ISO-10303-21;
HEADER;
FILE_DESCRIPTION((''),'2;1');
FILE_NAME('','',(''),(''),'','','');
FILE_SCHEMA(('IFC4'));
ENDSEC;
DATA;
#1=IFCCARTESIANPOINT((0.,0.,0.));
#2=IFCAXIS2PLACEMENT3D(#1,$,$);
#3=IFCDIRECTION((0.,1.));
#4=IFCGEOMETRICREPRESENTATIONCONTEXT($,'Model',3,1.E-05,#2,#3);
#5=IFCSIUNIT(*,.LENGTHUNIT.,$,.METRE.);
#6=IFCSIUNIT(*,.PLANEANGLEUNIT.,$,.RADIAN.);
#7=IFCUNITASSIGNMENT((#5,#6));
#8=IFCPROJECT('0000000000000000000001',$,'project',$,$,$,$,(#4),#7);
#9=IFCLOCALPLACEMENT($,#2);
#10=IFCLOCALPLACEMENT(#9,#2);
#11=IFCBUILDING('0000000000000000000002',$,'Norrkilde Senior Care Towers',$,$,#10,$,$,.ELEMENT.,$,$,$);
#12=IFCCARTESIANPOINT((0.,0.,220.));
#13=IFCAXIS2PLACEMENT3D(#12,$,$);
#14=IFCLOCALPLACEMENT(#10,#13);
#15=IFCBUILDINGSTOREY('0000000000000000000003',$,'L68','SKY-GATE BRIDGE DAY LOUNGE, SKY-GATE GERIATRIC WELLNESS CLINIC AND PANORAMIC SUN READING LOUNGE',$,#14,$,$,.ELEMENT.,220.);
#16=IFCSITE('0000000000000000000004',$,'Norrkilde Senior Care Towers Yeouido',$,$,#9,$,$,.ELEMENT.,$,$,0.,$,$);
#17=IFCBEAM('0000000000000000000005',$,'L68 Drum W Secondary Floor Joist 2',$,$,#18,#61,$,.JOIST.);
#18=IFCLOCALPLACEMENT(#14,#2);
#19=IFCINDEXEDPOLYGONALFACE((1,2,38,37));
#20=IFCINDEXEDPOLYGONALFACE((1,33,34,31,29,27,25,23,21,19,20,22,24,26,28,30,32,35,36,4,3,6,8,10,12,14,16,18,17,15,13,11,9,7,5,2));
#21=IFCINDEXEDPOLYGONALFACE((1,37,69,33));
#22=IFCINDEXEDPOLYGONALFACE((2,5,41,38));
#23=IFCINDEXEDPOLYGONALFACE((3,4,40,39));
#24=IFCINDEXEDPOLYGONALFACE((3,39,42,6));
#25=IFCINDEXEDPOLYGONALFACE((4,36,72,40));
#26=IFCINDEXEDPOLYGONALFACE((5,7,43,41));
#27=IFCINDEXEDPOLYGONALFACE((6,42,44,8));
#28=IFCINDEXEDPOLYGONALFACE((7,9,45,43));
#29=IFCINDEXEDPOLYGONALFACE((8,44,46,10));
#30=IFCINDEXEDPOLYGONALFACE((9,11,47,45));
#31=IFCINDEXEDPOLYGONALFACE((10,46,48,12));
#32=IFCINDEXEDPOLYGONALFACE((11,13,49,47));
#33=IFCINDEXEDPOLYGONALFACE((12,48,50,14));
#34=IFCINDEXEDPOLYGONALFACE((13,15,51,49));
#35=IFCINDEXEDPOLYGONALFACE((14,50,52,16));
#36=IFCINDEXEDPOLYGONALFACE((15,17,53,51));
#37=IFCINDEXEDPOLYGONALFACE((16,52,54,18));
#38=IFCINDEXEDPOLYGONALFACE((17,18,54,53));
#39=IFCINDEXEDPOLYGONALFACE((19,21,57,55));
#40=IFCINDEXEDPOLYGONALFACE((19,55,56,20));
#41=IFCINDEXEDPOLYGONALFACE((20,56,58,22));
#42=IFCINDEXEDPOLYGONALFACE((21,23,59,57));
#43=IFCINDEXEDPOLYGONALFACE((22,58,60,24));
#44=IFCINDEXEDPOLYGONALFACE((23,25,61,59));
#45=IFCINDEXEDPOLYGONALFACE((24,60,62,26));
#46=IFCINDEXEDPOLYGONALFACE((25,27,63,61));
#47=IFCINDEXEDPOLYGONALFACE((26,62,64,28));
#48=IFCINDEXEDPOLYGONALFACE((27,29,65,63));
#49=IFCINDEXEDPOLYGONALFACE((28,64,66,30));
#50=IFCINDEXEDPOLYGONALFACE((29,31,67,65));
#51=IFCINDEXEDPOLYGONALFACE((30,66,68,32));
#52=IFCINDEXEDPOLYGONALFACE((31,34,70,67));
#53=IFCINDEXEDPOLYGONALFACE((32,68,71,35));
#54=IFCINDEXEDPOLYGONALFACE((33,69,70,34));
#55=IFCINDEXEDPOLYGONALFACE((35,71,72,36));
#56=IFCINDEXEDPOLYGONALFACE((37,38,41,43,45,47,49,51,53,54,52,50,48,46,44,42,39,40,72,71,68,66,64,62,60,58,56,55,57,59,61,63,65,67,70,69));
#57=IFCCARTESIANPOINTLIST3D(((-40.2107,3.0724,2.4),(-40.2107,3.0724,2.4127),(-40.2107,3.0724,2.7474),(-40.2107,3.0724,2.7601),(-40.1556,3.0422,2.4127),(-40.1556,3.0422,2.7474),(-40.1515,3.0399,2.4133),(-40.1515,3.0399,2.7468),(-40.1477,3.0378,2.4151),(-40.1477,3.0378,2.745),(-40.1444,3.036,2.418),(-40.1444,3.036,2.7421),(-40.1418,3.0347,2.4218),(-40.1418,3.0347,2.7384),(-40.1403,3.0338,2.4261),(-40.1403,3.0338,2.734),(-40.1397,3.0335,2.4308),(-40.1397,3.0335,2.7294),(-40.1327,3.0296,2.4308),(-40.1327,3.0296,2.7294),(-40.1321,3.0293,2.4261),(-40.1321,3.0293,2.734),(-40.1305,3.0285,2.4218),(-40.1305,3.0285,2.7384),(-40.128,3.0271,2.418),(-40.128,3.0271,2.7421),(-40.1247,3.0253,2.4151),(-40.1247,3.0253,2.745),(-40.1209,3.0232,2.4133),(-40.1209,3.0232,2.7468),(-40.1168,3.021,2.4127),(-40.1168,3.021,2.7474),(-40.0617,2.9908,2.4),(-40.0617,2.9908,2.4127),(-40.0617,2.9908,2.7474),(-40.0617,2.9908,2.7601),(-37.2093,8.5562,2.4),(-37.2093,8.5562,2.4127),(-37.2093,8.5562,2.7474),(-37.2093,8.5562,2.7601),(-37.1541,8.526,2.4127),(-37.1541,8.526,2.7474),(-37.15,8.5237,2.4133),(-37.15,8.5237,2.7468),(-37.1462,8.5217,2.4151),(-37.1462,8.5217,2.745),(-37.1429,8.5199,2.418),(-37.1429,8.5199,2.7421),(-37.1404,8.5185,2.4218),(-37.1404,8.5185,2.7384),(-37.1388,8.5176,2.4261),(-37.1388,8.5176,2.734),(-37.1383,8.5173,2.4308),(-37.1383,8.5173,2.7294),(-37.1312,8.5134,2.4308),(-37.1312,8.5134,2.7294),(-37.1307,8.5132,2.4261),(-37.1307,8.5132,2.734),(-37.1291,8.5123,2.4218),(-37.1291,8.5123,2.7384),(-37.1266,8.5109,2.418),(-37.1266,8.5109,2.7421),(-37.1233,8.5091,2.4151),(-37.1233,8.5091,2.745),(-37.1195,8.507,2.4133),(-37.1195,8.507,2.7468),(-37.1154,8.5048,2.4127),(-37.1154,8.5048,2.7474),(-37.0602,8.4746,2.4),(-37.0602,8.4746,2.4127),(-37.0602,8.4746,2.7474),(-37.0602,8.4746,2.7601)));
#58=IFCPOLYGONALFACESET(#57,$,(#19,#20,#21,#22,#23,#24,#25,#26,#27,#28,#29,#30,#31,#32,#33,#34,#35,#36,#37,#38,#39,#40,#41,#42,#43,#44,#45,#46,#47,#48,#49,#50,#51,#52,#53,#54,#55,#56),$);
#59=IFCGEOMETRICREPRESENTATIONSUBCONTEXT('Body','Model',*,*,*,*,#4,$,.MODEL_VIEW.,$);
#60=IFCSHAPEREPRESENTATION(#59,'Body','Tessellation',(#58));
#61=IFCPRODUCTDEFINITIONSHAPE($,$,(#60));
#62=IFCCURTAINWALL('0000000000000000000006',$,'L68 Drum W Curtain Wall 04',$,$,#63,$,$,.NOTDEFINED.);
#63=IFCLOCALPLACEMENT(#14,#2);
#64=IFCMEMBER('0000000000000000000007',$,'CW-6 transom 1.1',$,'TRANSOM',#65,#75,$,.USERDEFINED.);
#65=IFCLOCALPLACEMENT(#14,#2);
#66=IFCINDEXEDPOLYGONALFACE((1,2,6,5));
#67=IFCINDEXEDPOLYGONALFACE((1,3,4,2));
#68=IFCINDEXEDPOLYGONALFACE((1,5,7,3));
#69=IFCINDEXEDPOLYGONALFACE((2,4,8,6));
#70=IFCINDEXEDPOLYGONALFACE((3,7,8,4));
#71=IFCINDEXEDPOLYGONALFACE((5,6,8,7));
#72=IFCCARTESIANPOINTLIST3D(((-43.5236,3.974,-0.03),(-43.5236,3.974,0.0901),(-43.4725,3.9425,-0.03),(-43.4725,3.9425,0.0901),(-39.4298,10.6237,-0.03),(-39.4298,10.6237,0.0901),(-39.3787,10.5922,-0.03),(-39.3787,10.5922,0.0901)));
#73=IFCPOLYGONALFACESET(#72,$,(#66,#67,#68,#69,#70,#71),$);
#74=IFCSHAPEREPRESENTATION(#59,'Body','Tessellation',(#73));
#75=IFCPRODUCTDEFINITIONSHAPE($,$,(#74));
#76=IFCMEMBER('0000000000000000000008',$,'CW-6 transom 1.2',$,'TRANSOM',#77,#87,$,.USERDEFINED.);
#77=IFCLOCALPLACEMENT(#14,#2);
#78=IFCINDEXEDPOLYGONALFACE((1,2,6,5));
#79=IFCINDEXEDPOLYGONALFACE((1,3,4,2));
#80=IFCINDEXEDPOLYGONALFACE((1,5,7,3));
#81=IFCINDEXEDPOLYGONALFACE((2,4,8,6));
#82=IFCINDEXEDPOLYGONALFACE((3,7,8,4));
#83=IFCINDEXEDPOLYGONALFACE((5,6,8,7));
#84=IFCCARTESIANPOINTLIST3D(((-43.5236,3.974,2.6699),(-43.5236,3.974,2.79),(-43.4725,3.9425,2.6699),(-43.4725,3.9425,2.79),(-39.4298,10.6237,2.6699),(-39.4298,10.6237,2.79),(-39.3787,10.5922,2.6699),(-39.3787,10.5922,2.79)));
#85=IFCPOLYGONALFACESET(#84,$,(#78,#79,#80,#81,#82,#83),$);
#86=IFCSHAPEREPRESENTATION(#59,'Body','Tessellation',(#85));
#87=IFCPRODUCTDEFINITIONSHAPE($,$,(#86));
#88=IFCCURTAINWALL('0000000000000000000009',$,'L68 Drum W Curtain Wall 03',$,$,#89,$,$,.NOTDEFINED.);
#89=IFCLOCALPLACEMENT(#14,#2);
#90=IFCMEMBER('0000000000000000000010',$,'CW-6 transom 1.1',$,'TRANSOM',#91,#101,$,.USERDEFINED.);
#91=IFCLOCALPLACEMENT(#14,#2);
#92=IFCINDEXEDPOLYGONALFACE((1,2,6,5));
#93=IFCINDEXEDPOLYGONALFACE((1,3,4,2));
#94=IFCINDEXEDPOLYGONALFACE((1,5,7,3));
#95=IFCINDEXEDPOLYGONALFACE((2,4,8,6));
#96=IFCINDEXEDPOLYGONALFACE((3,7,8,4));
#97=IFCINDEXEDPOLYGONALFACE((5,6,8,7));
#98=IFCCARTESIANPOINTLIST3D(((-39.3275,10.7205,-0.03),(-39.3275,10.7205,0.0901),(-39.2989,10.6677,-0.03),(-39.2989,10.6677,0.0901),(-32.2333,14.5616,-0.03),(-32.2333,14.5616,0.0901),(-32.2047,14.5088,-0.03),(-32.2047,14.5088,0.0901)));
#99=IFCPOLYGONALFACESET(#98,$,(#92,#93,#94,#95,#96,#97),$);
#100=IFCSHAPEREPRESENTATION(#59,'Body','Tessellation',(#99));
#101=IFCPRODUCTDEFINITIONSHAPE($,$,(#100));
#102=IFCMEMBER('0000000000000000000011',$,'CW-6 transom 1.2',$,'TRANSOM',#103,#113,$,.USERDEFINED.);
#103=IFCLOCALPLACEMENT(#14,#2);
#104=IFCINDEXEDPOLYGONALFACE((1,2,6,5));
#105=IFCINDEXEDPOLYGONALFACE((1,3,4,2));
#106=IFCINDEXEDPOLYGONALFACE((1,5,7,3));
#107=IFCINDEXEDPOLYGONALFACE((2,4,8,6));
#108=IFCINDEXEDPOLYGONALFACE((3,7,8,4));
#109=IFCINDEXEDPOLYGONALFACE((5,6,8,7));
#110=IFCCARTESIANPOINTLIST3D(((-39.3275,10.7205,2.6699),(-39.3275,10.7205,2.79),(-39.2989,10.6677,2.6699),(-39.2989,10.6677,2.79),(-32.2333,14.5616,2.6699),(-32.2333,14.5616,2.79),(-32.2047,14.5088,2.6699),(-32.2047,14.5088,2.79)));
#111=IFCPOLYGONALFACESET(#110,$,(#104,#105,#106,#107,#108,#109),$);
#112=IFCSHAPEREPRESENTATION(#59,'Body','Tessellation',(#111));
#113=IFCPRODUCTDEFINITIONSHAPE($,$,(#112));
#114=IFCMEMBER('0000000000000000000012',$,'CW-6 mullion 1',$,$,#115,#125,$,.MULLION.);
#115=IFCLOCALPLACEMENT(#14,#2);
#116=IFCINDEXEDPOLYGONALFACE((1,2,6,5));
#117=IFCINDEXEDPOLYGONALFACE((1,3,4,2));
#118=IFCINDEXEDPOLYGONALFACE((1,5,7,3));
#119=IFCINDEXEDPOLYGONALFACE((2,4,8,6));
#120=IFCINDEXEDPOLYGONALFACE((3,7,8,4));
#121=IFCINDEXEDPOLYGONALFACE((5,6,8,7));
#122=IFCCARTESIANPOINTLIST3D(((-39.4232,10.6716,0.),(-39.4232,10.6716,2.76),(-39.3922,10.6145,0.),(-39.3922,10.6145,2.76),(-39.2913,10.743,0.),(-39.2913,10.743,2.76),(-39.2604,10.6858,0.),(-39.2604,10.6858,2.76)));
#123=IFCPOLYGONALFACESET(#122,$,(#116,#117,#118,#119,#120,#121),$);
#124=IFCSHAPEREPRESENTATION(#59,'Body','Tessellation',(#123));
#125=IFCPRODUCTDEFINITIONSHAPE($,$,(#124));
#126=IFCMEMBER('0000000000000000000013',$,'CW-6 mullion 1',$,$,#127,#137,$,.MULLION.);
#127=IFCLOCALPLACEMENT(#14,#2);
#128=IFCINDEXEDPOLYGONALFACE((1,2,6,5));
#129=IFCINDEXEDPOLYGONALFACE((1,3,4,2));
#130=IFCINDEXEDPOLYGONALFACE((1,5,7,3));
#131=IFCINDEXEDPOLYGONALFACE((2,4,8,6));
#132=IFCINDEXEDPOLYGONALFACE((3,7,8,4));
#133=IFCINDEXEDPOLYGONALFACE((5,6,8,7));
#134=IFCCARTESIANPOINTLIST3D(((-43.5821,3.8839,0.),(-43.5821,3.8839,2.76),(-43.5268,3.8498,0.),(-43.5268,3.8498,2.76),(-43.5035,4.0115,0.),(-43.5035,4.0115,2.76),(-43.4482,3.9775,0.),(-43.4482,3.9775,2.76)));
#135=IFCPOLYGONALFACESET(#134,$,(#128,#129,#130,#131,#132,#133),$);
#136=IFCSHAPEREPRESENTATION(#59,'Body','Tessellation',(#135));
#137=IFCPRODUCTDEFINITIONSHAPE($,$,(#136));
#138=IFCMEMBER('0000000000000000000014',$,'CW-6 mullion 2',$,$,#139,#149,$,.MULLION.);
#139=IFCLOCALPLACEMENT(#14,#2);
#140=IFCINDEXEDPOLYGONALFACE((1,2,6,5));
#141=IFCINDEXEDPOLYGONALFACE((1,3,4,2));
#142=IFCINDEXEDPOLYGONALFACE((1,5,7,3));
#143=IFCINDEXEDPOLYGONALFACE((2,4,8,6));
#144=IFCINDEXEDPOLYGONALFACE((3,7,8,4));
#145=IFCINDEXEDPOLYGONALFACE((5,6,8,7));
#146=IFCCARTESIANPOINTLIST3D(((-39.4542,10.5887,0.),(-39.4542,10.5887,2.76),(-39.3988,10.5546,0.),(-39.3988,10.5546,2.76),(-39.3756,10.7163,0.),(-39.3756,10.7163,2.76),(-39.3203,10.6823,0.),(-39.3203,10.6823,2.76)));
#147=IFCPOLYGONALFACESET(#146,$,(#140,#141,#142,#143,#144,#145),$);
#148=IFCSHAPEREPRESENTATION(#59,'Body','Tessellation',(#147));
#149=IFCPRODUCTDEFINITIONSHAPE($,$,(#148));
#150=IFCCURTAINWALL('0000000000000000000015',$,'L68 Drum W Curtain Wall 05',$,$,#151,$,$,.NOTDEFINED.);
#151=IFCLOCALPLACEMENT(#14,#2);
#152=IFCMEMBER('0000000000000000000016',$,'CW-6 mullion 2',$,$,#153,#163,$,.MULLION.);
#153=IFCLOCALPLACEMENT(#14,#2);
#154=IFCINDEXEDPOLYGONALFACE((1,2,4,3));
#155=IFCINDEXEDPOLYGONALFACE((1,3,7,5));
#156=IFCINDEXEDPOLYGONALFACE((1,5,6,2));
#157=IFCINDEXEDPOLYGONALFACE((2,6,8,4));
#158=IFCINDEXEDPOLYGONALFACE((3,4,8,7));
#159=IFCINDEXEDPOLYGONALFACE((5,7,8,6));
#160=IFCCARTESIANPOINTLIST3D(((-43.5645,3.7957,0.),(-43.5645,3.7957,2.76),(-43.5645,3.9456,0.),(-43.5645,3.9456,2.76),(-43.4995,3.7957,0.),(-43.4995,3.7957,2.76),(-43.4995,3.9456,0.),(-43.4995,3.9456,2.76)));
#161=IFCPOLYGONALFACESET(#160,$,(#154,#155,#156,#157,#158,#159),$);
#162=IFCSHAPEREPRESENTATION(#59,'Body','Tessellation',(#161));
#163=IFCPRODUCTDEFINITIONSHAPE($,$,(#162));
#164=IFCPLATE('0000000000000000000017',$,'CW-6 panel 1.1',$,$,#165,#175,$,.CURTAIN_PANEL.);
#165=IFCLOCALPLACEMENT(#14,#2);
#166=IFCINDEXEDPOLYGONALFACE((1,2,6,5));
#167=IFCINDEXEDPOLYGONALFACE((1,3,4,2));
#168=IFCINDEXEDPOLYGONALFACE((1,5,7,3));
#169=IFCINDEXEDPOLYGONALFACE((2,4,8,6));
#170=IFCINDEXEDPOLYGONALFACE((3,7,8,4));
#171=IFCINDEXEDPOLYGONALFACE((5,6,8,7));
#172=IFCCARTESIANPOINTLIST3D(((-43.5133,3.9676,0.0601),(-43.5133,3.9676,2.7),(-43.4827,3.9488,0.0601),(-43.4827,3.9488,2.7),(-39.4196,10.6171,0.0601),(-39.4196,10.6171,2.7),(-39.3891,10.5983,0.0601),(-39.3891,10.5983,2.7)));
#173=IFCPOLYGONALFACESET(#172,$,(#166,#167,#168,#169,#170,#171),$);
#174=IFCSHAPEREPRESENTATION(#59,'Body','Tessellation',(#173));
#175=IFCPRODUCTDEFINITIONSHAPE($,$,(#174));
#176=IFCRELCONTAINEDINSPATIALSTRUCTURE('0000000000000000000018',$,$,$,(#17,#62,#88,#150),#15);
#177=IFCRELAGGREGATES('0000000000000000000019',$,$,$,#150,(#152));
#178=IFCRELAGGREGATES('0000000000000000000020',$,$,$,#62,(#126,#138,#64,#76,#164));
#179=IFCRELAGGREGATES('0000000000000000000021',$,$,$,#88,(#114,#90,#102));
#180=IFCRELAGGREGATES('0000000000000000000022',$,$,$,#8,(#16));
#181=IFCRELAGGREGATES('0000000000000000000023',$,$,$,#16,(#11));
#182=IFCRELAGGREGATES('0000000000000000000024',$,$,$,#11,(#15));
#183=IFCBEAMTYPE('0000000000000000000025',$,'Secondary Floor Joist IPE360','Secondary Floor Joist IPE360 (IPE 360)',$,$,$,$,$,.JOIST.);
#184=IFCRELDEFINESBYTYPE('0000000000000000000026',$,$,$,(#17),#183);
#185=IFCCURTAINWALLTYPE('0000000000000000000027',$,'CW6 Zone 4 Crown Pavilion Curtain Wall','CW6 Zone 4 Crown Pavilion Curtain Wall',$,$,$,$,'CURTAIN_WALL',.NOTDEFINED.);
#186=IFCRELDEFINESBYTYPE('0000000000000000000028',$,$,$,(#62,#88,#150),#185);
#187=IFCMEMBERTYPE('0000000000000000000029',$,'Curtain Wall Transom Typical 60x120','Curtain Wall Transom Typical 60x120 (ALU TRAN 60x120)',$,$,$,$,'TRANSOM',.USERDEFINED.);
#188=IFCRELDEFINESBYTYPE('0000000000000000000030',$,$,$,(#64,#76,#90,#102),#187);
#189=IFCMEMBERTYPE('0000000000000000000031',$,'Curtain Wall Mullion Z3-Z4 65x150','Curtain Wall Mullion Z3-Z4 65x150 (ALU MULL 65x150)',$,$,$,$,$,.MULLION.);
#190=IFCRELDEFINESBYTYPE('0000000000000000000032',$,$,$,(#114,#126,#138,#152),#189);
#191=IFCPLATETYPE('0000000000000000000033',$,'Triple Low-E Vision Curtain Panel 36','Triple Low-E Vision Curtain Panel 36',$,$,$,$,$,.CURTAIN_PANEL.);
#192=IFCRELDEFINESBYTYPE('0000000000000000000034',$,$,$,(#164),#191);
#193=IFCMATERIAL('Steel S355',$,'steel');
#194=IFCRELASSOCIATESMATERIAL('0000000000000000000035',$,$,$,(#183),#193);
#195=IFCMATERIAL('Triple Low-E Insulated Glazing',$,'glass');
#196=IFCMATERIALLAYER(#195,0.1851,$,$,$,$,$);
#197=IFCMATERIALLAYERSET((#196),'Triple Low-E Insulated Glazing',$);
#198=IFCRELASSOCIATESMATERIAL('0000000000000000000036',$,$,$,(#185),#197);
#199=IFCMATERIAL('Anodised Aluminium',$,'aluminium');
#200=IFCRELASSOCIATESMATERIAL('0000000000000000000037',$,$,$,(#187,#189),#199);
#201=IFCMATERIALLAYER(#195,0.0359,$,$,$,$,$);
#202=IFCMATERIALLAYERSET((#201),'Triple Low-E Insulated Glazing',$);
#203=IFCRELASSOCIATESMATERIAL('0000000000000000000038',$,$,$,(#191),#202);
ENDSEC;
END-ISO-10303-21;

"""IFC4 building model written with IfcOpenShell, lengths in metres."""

from ifc_helpers import new_model, si_unit, direction, frame, origin, origin_2d, place, context, subcontext, project, spatial, rectangle, i_section, extrude, source, transform, mapped, material, layer, layer_set, material_profile, profile_set, type_object, type_shapes, element, aggregate, save


model = new_model("IFC4")

# Units and contexts
model_context = context("Model", 3, precision=1e-05, world=origin(), true_north=direction((0.0, 1.0)))
body_context = subcontext(model_context, "Body", "Model", "MODEL_VIEW")
ifc_project = project(units=[si_unit("LENGTHUNIT", "METRE"), si_unit("PLANEANGLEUNIT", "RADIAN")], contexts=[model_context])

# Site, building, storey
site_placement = place(None, origin())
site = spatial("IfcSite", under=ifc_project, at=site_placement, Name="Norrkilde Senior Care Towers Yeouido", CompositionType="ELEMENT", RefElevation=0.0)
building_placement = place(site_placement, origin())
building = spatial("IfcBuilding", under=site, at=building_placement, Name="Norrkilde Senior Care Towers", CompositionType="ELEMENT")
storey_placement = place(building_placement, frame((0.0, 0.0, 220.0)))
storey = spatial("IfcBuildingStorey", under=building, at=storey_placement, Name="L68", Description="SKY-GATE BRIDGE DAY LOUNGE, SKY-GATE GERIATRIC WELLNESS CLINIC AND PANORAMIC SUN READING LOUNGE", CompositionType="ELEMENT", Elevation=220.0)

# Beam
ifc_material_1 = material(Name="Steel S355", Category="steel")
ifc_material_profile_1 = material_profile(ifc_material_1, i_section(OverallWidth=0.1699, OverallDepth=0.3601, WebThickness=0.0081, FlangeThickness=0.0127, FilletRadius=0.0181, at=origin_2d()), Name="IPE 360")
ifc_profile_set_1 = profile_set([ifc_material_profile_1], Name="Steel S355")
beam_type_1 = type_object("IfcBeamType", Name="Secondary Floor Joist IPE360", Description="Secondary Floor Joist IPE360 (IPE 360)", PredefinedType="JOIST", material=ifc_profile_set_1)
shared_shape_1 = source(origin(), body_context, "Body", "SweptSolid", [
    extrude(i_section(OverallWidth=0.1699, OverallDepth=0.3601, WebThickness=0.0081, FlangeThickness=0.0127, FilletRadius=0.0181, at=origin_2d()), origin(), (0.0, 0.0, 1.0), 6.2515),
])
type_shapes(beam_type_1, [shared_shape_1])
beam_1_placement = place(storey_placement, frame((-37.1348, 8.5154, 2.5801), z_axis=(-0.480116, -0.877205, 0.0), x_axis=(0.877205, -0.480116, 0.0)))
element("IfcBeam", 1, at=beam_1_placement, inside=storey, type_object=beam_type_1, Name="L68 Drum W Secondary Floor Joist 2", PredefinedType="JOIST", context=body_context, shape_type="MappedRepresentation", body=[
    mapped(shared_shape_1, transform((0.0, 0.0, 0.0), x_axis=(1.0, 0.0, 0.0), y_axis=(0.0, 1.0, 0.0), z_axis=(0.0, 0.0, 1.0), scale=1.0)),
])

# Curtain walls, members
ifc_material_2 = material(Name="Triple Low-E Insulated Glazing", Category="glass")
ifc_layer_1 = layer(ifc_material_2, 0.1851)
ifc_layer_set_1 = layer_set([ifc_layer_1], Name="Triple Low-E Insulated Glazing")
curtain_wall_type = type_object("IfcCurtainWallType", Name="CW6 Zone 4 Crown Pavilion Curtain Wall", Description="CW6 Zone 4 Crown Pavilion Curtain Wall", ElementType="CURTAIN_WALL", PredefinedType="NOTDEFINED", material=ifc_layer_set_1)
curtain_wall_1_placement = place(storey_placement, origin())
curtain_wall_1 = element("IfcCurtainWall", 2, at=curtain_wall_1_placement, inside=storey, type_object=curtain_wall_type, Name="L68 Drum W Curtain Wall 04", PredefinedType="NOTDEFINED")
ifc_material_3 = material(Name="Anodised Aluminium", Category="aluminium")
ifc_material_profile_2 = material_profile(ifc_material_3, rectangle(XDim=0.0601, YDim=0.1201, at=origin_2d()), Name="ALU TRAN 60x120")
ifc_profile_set_2 = profile_set([ifc_material_profile_2], Name="Anodised Aluminium")
member_type_1 = type_object("IfcMemberType", Name="Curtain Wall Transom Typical 60x120", Description="Curtain Wall Transom Typical 60x120 (ALU TRAN 60x120)", ElementType="TRANSOM", PredefinedType="USERDEFINED", material=ifc_profile_set_2)
shared_shape_2 = source(origin(), body_context, "Body", "SweptSolid", [
    extrude(rectangle(XDim=0.0601, YDim=0.1201, at=origin_2d()), origin(), (0.0, 0.0, 1.0), 7.8088),
])
member_1_placement = place(storey_placement, frame((-43.498, 3.9583, 0.03), z_axis=(0.524251, 0.851564, 0.0), x_axis=(-0.851564, 0.524251, 0.0)))
member_1 = element("IfcMember", 3, at=member_1_placement, type_object=member_type_1, Name="CW-6 transom 1.1", ObjectType="TRANSOM", PredefinedType="USERDEFINED", context=body_context, shape_type="MappedRepresentation", body=[
    mapped(shared_shape_2, transform((0.0, 0.0, 0.0), x_axis=(1.0, 0.0, 0.0), y_axis=(0.0, 1.0, 0.0), z_axis=(0.0, 0.0, 1.0), scale=1.0)),
])
member_2_placement = place(storey_placement, frame((-43.498, 3.9583, 2.73), z_axis=(0.524251, 0.851564, 0.0), x_axis=(-0.851564, 0.524251, 0.0)))
member_2 = element("IfcMember", 4, at=member_2_placement, type_object=member_type_1, Name="CW-6 transom 1.2", ObjectType="TRANSOM", PredefinedType="USERDEFINED", context=body_context, shape_type="MappedRepresentation", body=[
    mapped(shared_shape_2, transform((0.0, 0.0, 0.0), x_axis=(1.0, 0.0, 0.0), y_axis=(0.0, 1.0, 0.0), z_axis=(0.0, 0.0, 1.0), scale=1.0)),
])
curtain_wall_2_placement = place(storey_placement, origin())
curtain_wall_2 = element("IfcCurtainWall", 5, at=curtain_wall_2_placement, inside=storey, type_object=curtain_wall_type, Name="L68 Drum W Curtain Wall 03", PredefinedType="NOTDEFINED")
shared_shape_3 = source(origin(), body_context, "Body", "SweptSolid", [
    extrude(rectangle(XDim=0.0601, YDim=0.1201, at=origin_2d()), origin(), (0.0, 0.0, 1.0), 8.0674),
])
type_shapes(member_type_1, [shared_shape_2, shared_shape_3])
member_3_placement = place(storey_placement, frame((-39.3132, 10.6941, 0.03), z_axis=(0.879378, 0.476125, 0.0), x_axis=(-0.476125, 0.879378, 0.0)))
member_3 = element("IfcMember", 6, at=member_3_placement, type_object=member_type_1, Name="CW-6 transom 1.1", ObjectType="TRANSOM", PredefinedType="USERDEFINED", context=body_context, shape_type="MappedRepresentation", body=[
    mapped(shared_shape_3, transform((0.0, 0.0, 0.0), x_axis=(1.0, 0.0, 0.0), y_axis=(0.0, 1.0, 0.0), z_axis=(0.0, 0.0, 1.0), scale=1.0)),
])
member_4_placement = place(storey_placement, frame((-39.3132, 10.6941, 2.73), z_axis=(0.879378, 0.476125, 0.0), x_axis=(-0.476125, 0.879378, 0.0)))
member_4 = element("IfcMember", 7, at=member_4_placement, type_object=member_type_1, Name="CW-6 transom 1.2", ObjectType="TRANSOM", PredefinedType="USERDEFINED", context=body_context, shape_type="MappedRepresentation", body=[
    mapped(shared_shape_3, transform((0.0, 0.0, 0.0), x_axis=(1.0, 0.0, 0.0), y_axis=(0.0, 1.0, 0.0), z_axis=(0.0, 0.0, 1.0), scale=1.0)),
])
ifc_material_profile_3 = material_profile(ifc_material_3, rectangle(XDim=0.0649, YDim=0.1499, at=origin_2d()), Name="ALU MULL 65x150")
ifc_profile_set_3 = profile_set([ifc_material_profile_3], Name="Anodised Aluminium")
member_type_2 = type_object("IfcMemberType", Name="Curtain Wall Mullion Z3-Z4 65x150", Description="Curtain Wall Mullion Z3-Z4 65x150 (ALU MULL 65x150)", PredefinedType="MULLION", material=ifc_profile_set_3)
shared_shape_4 = source(origin(), body_context, "Body", "SweptSolid", [
    extrude(rectangle(XDim=0.0649, YDim=0.1499, at=origin_2d()), origin(), (0.0, 0.0, 1.0), 2.76),
])
type_shapes(member_type_2, [shared_shape_4])
member_5_placement = place(storey_placement, frame((-39.3418, 10.6787, 0.0), z_axis=(0.0, 0.0, 1.0), x_axis=(-0.476133, 0.879373, 0.0)))
member_5 = element("IfcMember", 8, at=member_5_placement, type_object=member_type_2, Name="CW-6 mullion 1", PredefinedType="MULLION", context=body_context, shape_type="MappedRepresentation", body=[
    mapped(shared_shape_4, transform((0.0, 0.0, 0.0), x_axis=(1.0, 0.0, 0.0), y_axis=(0.0, 1.0, 0.0), z_axis=(0.0, 0.0, 1.0), scale=1.0)),
])

# Members
member_6_placement = place(storey_placement, frame((-43.5151, 3.9307, 0.0), z_axis=(0.0, 0.0, 1.0), x_axis=(-0.851563, 0.524253, 0.0)))
member_6 = element("IfcMember", 9, at=member_6_placement, type_object=member_type_2, Name="CW-6 mullion 1", PredefinedType="MULLION", context=body_context, shape_type="MappedRepresentation", body=[
    mapped(shared_shape_4, transform((0.0, 0.0, 0.0), x_axis=(1.0, 0.0, 0.0), y_axis=(0.0, 1.0, 0.0), z_axis=(0.0, 0.0, 1.0), scale=1.0)),
])
member_7_placement = place(storey_placement, frame((-39.3872, 10.6355, 0.0), z_axis=(0.0, 0.0, 1.0), x_axis=(-0.851563, 0.524253, 0.0)))
member_7 = element("IfcMember", 10, at=member_7_placement, type_object=member_type_2, Name="CW-6 mullion 2", PredefinedType="MULLION", context=body_context, shape_type="MappedRepresentation", body=[
    mapped(shared_shape_4, transform((0.0, 0.0, 0.0), x_axis=(1.0, 0.0, 0.0), y_axis=(0.0, 1.0, 0.0), z_axis=(0.0, 0.0, 1.0), scale=1.0)),
])

# Curtain wall, member
curtain_wall_3_placement = place(storey_placement, origin())
curtain_wall_3 = element("IfcCurtainWall", 11, at=curtain_wall_3_placement, inside=storey, type_object=curtain_wall_type, Name="L68 Drum W Curtain Wall 05", PredefinedType="NOTDEFINED")
member_8_placement = place(storey_placement, frame((-43.532, 3.8706, 0.0), z_axis=(0.0, 0.0, 1.0), x_axis=(-1.0, 0.0, 0.0)))
member_8 = element("IfcMember", 12, at=member_8_placement, type_object=member_type_2, Name="CW-6 mullion 2", PredefinedType="MULLION", context=body_context, shape_type="MappedRepresentation", body=[
    mapped(shared_shape_4, transform((0.0, 0.0, 0.0), x_axis=(1.0, 0.0, 0.0), y_axis=(0.0, 1.0, 0.0), z_axis=(0.0, 0.0, 1.0), scale=1.0)),
])
aggregate(curtain_wall_3, [member_8])

# Plate
ifc_layer_2 = layer(ifc_material_2, 0.0359)
ifc_layer_set_2 = layer_set([ifc_layer_2], Name="Triple Low-E Insulated Glazing")
plate_type = type_object("IfcPlateType", Name="Triple Low-E Vision Curtain Panel 36", Description="Triple Low-E Vision Curtain Panel 36", PredefinedType="CURTAIN_PANEL", material=ifc_layer_set_2)
shared_shape_5 = source(origin(), body_context, "Body", "SweptSolid", [
    extrude(rectangle(XDim=7.8086, YDim=0.0359, at=origin_2d()), origin(), (0.0, 0.0, 1.0), 2.6399),
])
plate_1_placement = place(storey_placement, frame((-41.4512, 7.283, 0.0601), z_axis=(0.0, 0.0, 1.0), x_axis=(0.524253, 0.851563, 0.0)))
plate_1 = element("IfcPlate", 13, at=plate_1_placement, type_object=plate_type, Name="CW-6 panel 1.1", PredefinedType="CURTAIN_PANEL", context=body_context, shape_type="MappedRepresentation", body=[
    mapped(shared_shape_5, transform((0.0, 0.0, 0.0), x_axis=(1.0, 0.0, 0.0), y_axis=(0.0, 1.0, 0.0), z_axis=(0.0, 0.0, 1.0), scale=1.0)),
])
aggregate(curtain_wall_1, [member_6, member_7, member_1, member_2, plate_1])
aggregate(curtain_wall_2, [member_5, member_3, member_4])

save(model, "model.ifc")
